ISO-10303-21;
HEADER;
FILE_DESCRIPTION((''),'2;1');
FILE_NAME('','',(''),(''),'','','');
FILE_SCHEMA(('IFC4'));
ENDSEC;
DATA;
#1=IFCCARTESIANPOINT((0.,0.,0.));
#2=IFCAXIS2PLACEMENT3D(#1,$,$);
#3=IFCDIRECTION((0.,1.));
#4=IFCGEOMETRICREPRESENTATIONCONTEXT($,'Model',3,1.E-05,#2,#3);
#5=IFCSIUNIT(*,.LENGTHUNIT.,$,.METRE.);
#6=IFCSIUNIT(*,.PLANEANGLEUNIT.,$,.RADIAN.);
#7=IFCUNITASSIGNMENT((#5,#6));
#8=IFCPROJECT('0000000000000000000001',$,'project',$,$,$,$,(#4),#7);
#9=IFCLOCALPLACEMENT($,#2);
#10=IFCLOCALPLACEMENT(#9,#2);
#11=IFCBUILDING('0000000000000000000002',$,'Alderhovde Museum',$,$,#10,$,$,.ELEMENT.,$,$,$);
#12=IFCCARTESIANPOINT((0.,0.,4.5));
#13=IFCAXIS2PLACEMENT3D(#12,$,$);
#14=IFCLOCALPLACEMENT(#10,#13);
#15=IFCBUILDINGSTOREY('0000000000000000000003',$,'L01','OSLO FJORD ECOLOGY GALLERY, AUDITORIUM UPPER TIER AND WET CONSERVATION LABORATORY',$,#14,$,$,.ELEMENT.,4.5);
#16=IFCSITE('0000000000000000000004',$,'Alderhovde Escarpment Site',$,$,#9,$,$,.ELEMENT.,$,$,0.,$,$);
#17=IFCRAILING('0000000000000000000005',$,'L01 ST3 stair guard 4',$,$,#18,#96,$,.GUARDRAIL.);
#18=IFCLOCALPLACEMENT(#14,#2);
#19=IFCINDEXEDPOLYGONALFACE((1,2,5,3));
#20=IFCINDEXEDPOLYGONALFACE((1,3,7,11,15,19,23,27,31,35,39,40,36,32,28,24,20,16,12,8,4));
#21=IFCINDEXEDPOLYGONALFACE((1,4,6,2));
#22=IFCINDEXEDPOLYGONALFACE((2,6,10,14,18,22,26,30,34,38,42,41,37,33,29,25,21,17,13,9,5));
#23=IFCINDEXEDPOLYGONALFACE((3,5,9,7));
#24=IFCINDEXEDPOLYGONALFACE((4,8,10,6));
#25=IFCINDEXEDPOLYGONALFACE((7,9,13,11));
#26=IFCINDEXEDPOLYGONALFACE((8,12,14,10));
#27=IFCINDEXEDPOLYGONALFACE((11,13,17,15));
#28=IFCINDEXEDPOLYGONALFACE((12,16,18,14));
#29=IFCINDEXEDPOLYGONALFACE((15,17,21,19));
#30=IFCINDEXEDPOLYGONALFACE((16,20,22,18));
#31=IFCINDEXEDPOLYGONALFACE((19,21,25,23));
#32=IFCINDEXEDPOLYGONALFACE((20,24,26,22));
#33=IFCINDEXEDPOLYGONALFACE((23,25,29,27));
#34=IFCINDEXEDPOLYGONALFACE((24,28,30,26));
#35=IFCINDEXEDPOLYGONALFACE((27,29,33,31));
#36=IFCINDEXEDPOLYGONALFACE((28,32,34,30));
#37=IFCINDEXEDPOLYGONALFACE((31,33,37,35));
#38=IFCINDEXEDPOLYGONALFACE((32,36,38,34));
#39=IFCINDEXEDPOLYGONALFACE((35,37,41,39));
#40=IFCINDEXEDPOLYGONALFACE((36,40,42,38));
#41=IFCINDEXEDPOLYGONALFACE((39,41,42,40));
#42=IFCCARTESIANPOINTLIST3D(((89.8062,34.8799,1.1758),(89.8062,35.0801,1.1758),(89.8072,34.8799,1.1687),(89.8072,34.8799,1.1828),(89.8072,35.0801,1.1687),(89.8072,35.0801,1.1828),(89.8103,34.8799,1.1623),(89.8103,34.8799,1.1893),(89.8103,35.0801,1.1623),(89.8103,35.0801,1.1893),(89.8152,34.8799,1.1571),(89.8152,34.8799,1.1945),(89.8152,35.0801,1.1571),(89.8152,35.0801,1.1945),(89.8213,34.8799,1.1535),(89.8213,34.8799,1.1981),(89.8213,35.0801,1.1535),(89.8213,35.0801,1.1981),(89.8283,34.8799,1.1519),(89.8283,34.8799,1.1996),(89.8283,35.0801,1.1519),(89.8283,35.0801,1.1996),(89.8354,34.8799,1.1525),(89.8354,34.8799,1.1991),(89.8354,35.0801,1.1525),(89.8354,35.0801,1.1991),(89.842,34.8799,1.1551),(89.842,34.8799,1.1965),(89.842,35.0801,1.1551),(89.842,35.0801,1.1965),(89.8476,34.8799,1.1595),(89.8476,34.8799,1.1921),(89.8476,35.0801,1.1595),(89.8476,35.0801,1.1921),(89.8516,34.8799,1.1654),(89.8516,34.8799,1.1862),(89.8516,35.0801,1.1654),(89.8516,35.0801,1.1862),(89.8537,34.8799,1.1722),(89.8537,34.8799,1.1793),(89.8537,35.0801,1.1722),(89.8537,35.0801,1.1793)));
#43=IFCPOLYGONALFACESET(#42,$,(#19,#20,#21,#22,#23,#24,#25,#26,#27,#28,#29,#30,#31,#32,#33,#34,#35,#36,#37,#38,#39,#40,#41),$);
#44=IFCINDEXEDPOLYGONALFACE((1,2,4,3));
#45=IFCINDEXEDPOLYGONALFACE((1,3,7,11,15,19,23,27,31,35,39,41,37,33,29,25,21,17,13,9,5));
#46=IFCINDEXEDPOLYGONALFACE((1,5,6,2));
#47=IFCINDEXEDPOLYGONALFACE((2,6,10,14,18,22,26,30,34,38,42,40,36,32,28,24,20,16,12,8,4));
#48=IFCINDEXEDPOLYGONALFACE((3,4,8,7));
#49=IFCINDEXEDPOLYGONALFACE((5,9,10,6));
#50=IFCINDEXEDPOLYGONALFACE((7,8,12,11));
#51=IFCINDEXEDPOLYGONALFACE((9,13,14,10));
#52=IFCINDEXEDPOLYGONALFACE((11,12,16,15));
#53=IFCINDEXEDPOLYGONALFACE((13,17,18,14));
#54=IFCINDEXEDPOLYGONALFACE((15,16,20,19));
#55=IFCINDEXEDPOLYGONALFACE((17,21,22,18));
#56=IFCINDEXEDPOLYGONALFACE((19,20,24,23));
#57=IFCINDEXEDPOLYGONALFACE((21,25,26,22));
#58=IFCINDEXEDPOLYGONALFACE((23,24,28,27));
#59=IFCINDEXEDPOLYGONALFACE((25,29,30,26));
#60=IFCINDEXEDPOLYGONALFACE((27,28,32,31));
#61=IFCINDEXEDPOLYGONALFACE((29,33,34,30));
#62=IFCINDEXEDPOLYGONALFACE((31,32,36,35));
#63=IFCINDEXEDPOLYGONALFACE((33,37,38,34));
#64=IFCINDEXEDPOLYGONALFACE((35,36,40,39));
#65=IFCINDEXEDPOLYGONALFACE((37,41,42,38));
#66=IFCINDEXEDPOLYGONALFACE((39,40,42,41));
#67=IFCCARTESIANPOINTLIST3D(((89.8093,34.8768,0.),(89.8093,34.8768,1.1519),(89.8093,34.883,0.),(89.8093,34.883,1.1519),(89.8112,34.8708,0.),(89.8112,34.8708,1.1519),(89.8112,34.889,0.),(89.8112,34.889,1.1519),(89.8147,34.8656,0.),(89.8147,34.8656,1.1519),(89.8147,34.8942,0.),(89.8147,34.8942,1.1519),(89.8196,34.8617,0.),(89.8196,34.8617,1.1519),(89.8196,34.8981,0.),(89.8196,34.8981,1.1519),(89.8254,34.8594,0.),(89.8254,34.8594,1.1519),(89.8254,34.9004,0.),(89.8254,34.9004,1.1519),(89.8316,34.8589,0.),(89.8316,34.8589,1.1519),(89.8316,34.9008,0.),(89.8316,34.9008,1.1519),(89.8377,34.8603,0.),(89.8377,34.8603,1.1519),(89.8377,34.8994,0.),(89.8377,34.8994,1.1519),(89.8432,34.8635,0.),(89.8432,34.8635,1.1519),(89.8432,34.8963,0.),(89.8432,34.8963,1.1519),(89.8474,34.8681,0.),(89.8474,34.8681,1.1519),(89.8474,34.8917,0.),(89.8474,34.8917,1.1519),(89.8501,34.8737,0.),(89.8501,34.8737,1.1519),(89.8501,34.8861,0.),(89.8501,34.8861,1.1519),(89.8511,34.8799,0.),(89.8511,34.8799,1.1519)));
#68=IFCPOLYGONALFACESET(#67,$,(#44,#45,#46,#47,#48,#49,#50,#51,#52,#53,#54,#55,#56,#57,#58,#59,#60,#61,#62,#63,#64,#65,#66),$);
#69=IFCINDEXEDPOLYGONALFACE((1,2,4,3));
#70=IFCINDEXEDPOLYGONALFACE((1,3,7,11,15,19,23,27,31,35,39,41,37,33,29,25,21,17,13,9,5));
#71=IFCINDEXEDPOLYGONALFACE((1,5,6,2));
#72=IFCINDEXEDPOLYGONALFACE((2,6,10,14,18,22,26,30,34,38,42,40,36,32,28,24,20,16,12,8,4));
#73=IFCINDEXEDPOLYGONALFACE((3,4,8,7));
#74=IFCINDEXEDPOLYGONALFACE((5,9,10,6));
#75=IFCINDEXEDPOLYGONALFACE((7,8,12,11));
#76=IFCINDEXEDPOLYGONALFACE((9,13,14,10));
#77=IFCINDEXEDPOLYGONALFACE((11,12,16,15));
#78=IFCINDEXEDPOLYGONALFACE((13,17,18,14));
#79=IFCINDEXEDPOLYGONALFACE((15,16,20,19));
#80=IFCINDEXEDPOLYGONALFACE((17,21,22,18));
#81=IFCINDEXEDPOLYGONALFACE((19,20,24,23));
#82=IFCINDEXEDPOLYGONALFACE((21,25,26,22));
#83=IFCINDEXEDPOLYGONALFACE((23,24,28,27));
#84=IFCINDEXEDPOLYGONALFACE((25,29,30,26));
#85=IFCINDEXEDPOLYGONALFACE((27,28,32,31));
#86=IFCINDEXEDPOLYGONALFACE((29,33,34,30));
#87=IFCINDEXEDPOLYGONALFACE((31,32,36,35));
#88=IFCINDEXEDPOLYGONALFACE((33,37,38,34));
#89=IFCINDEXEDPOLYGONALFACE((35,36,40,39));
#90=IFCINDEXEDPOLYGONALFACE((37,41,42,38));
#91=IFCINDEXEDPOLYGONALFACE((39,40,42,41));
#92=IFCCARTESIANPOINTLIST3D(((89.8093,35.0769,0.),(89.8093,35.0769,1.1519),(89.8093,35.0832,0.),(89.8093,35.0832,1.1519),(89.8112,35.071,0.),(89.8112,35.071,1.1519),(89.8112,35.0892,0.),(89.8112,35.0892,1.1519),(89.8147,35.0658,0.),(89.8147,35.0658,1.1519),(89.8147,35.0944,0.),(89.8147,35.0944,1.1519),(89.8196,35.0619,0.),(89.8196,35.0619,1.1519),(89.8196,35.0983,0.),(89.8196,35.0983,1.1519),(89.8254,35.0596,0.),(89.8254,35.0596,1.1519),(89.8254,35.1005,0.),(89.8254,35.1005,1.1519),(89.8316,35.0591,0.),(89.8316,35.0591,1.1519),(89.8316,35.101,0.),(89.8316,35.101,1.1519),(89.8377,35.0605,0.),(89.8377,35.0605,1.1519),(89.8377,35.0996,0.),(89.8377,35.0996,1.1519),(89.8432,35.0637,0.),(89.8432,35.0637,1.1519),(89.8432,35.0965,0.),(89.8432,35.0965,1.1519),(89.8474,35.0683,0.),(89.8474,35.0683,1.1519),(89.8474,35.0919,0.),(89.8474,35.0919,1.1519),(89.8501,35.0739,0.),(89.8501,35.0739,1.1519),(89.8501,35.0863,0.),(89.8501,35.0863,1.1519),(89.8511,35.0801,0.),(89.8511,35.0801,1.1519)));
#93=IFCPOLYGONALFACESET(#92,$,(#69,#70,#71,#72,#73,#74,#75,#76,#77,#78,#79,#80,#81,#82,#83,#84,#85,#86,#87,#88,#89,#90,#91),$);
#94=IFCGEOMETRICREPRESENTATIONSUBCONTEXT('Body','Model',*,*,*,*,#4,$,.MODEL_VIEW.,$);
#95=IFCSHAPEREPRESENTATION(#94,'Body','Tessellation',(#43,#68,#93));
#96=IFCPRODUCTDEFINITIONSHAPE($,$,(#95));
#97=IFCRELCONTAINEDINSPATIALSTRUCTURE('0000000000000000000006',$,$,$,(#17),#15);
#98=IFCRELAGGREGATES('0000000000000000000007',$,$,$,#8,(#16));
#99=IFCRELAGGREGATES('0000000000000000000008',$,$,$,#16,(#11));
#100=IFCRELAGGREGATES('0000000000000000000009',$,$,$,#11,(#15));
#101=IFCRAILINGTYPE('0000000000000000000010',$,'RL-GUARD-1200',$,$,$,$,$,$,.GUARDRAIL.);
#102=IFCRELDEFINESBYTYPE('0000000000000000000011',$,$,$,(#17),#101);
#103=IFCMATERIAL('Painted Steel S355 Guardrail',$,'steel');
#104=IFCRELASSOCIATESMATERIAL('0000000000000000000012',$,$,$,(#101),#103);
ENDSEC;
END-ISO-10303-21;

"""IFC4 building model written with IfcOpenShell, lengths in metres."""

from ifc_helpers import new_model, si_unit, direction, frame, origin, origin_2d, place, context, subcontext, project, spatial, circle, extrude, material, type_object, element, save


model = new_model("IFC4")

# Units and contexts
model_context = context("Model", 3, precision=1e-05, world=origin(), true_north=direction((0.0, 1.0)))
body_context = subcontext(model_context, "Body", "Model", "MODEL_VIEW")
ifc_project = project(units=[si_unit("LENGTHUNIT", "METRE"), si_unit("PLANEANGLEUNIT", "RADIAN")], contexts=[model_context])

# Site, building, storey
site_placement = place(None, origin())
site = spatial("IfcSite", under=ifc_project, at=site_placement, Name="Alderhovde Escarpment Site", CompositionType="ELEMENT", RefElevation=0.0)
building_placement = place(site_placement, origin())
building = spatial("IfcBuilding", under=site, at=building_placement, Name="Alderhovde Museum", CompositionType="ELEMENT")
storey_placement = place(building_placement, frame((0.0, 0.0, 4.5)))
storey = spatial("IfcBuildingStorey", under=building, at=storey_placement, Name="L01", Description="OSLO FJORD ECOLOGY GALLERY, AUDITORIUM UPPER TIER AND WET CONSERVATION LABORATORY", CompositionType="ELEMENT", Elevation=4.5)

# Railing
ifc_material_1 = material(Name="Painted Steel S355 Guardrail", Category="steel")
railing_type_1 = type_object("IfcRailingType", Name="RL-GUARD-1200", PredefinedType="GUARDRAIL", material=ifc_material_1)
railing_1_placement = place(storey_placement, frame((89.8301, 34.8799, 0.0)))
element("IfcRailing", 1, at=railing_1_placement, inside=storey, type_object=railing_type_1, Name="L01 ST3 stair guard 4", PredefinedType="GUARDRAIL", context=body_context, shape_type="SweptSolid", body=[
    extrude(circle(Radius=0.0239, at=origin_2d()), frame((0.0, 0.0, 1.1758), z_axis=(0.0, 1.0, 0.0), x_axis=(-1.0, 0.0, 0.0)), (0.0, 0.0, 1.0), 0.2002),
    extrude(circle(Radius=0.021, at=origin_2d()), origin(), (0.0, 0.0, 1.0), 1.1519),
    extrude(circle(Radius=0.021, at=origin_2d()), frame((0.0, 0.2002, 0.0)), (0.0, 0.0, 1.0), 1.1519),
])

save(model, "model.ifc")
